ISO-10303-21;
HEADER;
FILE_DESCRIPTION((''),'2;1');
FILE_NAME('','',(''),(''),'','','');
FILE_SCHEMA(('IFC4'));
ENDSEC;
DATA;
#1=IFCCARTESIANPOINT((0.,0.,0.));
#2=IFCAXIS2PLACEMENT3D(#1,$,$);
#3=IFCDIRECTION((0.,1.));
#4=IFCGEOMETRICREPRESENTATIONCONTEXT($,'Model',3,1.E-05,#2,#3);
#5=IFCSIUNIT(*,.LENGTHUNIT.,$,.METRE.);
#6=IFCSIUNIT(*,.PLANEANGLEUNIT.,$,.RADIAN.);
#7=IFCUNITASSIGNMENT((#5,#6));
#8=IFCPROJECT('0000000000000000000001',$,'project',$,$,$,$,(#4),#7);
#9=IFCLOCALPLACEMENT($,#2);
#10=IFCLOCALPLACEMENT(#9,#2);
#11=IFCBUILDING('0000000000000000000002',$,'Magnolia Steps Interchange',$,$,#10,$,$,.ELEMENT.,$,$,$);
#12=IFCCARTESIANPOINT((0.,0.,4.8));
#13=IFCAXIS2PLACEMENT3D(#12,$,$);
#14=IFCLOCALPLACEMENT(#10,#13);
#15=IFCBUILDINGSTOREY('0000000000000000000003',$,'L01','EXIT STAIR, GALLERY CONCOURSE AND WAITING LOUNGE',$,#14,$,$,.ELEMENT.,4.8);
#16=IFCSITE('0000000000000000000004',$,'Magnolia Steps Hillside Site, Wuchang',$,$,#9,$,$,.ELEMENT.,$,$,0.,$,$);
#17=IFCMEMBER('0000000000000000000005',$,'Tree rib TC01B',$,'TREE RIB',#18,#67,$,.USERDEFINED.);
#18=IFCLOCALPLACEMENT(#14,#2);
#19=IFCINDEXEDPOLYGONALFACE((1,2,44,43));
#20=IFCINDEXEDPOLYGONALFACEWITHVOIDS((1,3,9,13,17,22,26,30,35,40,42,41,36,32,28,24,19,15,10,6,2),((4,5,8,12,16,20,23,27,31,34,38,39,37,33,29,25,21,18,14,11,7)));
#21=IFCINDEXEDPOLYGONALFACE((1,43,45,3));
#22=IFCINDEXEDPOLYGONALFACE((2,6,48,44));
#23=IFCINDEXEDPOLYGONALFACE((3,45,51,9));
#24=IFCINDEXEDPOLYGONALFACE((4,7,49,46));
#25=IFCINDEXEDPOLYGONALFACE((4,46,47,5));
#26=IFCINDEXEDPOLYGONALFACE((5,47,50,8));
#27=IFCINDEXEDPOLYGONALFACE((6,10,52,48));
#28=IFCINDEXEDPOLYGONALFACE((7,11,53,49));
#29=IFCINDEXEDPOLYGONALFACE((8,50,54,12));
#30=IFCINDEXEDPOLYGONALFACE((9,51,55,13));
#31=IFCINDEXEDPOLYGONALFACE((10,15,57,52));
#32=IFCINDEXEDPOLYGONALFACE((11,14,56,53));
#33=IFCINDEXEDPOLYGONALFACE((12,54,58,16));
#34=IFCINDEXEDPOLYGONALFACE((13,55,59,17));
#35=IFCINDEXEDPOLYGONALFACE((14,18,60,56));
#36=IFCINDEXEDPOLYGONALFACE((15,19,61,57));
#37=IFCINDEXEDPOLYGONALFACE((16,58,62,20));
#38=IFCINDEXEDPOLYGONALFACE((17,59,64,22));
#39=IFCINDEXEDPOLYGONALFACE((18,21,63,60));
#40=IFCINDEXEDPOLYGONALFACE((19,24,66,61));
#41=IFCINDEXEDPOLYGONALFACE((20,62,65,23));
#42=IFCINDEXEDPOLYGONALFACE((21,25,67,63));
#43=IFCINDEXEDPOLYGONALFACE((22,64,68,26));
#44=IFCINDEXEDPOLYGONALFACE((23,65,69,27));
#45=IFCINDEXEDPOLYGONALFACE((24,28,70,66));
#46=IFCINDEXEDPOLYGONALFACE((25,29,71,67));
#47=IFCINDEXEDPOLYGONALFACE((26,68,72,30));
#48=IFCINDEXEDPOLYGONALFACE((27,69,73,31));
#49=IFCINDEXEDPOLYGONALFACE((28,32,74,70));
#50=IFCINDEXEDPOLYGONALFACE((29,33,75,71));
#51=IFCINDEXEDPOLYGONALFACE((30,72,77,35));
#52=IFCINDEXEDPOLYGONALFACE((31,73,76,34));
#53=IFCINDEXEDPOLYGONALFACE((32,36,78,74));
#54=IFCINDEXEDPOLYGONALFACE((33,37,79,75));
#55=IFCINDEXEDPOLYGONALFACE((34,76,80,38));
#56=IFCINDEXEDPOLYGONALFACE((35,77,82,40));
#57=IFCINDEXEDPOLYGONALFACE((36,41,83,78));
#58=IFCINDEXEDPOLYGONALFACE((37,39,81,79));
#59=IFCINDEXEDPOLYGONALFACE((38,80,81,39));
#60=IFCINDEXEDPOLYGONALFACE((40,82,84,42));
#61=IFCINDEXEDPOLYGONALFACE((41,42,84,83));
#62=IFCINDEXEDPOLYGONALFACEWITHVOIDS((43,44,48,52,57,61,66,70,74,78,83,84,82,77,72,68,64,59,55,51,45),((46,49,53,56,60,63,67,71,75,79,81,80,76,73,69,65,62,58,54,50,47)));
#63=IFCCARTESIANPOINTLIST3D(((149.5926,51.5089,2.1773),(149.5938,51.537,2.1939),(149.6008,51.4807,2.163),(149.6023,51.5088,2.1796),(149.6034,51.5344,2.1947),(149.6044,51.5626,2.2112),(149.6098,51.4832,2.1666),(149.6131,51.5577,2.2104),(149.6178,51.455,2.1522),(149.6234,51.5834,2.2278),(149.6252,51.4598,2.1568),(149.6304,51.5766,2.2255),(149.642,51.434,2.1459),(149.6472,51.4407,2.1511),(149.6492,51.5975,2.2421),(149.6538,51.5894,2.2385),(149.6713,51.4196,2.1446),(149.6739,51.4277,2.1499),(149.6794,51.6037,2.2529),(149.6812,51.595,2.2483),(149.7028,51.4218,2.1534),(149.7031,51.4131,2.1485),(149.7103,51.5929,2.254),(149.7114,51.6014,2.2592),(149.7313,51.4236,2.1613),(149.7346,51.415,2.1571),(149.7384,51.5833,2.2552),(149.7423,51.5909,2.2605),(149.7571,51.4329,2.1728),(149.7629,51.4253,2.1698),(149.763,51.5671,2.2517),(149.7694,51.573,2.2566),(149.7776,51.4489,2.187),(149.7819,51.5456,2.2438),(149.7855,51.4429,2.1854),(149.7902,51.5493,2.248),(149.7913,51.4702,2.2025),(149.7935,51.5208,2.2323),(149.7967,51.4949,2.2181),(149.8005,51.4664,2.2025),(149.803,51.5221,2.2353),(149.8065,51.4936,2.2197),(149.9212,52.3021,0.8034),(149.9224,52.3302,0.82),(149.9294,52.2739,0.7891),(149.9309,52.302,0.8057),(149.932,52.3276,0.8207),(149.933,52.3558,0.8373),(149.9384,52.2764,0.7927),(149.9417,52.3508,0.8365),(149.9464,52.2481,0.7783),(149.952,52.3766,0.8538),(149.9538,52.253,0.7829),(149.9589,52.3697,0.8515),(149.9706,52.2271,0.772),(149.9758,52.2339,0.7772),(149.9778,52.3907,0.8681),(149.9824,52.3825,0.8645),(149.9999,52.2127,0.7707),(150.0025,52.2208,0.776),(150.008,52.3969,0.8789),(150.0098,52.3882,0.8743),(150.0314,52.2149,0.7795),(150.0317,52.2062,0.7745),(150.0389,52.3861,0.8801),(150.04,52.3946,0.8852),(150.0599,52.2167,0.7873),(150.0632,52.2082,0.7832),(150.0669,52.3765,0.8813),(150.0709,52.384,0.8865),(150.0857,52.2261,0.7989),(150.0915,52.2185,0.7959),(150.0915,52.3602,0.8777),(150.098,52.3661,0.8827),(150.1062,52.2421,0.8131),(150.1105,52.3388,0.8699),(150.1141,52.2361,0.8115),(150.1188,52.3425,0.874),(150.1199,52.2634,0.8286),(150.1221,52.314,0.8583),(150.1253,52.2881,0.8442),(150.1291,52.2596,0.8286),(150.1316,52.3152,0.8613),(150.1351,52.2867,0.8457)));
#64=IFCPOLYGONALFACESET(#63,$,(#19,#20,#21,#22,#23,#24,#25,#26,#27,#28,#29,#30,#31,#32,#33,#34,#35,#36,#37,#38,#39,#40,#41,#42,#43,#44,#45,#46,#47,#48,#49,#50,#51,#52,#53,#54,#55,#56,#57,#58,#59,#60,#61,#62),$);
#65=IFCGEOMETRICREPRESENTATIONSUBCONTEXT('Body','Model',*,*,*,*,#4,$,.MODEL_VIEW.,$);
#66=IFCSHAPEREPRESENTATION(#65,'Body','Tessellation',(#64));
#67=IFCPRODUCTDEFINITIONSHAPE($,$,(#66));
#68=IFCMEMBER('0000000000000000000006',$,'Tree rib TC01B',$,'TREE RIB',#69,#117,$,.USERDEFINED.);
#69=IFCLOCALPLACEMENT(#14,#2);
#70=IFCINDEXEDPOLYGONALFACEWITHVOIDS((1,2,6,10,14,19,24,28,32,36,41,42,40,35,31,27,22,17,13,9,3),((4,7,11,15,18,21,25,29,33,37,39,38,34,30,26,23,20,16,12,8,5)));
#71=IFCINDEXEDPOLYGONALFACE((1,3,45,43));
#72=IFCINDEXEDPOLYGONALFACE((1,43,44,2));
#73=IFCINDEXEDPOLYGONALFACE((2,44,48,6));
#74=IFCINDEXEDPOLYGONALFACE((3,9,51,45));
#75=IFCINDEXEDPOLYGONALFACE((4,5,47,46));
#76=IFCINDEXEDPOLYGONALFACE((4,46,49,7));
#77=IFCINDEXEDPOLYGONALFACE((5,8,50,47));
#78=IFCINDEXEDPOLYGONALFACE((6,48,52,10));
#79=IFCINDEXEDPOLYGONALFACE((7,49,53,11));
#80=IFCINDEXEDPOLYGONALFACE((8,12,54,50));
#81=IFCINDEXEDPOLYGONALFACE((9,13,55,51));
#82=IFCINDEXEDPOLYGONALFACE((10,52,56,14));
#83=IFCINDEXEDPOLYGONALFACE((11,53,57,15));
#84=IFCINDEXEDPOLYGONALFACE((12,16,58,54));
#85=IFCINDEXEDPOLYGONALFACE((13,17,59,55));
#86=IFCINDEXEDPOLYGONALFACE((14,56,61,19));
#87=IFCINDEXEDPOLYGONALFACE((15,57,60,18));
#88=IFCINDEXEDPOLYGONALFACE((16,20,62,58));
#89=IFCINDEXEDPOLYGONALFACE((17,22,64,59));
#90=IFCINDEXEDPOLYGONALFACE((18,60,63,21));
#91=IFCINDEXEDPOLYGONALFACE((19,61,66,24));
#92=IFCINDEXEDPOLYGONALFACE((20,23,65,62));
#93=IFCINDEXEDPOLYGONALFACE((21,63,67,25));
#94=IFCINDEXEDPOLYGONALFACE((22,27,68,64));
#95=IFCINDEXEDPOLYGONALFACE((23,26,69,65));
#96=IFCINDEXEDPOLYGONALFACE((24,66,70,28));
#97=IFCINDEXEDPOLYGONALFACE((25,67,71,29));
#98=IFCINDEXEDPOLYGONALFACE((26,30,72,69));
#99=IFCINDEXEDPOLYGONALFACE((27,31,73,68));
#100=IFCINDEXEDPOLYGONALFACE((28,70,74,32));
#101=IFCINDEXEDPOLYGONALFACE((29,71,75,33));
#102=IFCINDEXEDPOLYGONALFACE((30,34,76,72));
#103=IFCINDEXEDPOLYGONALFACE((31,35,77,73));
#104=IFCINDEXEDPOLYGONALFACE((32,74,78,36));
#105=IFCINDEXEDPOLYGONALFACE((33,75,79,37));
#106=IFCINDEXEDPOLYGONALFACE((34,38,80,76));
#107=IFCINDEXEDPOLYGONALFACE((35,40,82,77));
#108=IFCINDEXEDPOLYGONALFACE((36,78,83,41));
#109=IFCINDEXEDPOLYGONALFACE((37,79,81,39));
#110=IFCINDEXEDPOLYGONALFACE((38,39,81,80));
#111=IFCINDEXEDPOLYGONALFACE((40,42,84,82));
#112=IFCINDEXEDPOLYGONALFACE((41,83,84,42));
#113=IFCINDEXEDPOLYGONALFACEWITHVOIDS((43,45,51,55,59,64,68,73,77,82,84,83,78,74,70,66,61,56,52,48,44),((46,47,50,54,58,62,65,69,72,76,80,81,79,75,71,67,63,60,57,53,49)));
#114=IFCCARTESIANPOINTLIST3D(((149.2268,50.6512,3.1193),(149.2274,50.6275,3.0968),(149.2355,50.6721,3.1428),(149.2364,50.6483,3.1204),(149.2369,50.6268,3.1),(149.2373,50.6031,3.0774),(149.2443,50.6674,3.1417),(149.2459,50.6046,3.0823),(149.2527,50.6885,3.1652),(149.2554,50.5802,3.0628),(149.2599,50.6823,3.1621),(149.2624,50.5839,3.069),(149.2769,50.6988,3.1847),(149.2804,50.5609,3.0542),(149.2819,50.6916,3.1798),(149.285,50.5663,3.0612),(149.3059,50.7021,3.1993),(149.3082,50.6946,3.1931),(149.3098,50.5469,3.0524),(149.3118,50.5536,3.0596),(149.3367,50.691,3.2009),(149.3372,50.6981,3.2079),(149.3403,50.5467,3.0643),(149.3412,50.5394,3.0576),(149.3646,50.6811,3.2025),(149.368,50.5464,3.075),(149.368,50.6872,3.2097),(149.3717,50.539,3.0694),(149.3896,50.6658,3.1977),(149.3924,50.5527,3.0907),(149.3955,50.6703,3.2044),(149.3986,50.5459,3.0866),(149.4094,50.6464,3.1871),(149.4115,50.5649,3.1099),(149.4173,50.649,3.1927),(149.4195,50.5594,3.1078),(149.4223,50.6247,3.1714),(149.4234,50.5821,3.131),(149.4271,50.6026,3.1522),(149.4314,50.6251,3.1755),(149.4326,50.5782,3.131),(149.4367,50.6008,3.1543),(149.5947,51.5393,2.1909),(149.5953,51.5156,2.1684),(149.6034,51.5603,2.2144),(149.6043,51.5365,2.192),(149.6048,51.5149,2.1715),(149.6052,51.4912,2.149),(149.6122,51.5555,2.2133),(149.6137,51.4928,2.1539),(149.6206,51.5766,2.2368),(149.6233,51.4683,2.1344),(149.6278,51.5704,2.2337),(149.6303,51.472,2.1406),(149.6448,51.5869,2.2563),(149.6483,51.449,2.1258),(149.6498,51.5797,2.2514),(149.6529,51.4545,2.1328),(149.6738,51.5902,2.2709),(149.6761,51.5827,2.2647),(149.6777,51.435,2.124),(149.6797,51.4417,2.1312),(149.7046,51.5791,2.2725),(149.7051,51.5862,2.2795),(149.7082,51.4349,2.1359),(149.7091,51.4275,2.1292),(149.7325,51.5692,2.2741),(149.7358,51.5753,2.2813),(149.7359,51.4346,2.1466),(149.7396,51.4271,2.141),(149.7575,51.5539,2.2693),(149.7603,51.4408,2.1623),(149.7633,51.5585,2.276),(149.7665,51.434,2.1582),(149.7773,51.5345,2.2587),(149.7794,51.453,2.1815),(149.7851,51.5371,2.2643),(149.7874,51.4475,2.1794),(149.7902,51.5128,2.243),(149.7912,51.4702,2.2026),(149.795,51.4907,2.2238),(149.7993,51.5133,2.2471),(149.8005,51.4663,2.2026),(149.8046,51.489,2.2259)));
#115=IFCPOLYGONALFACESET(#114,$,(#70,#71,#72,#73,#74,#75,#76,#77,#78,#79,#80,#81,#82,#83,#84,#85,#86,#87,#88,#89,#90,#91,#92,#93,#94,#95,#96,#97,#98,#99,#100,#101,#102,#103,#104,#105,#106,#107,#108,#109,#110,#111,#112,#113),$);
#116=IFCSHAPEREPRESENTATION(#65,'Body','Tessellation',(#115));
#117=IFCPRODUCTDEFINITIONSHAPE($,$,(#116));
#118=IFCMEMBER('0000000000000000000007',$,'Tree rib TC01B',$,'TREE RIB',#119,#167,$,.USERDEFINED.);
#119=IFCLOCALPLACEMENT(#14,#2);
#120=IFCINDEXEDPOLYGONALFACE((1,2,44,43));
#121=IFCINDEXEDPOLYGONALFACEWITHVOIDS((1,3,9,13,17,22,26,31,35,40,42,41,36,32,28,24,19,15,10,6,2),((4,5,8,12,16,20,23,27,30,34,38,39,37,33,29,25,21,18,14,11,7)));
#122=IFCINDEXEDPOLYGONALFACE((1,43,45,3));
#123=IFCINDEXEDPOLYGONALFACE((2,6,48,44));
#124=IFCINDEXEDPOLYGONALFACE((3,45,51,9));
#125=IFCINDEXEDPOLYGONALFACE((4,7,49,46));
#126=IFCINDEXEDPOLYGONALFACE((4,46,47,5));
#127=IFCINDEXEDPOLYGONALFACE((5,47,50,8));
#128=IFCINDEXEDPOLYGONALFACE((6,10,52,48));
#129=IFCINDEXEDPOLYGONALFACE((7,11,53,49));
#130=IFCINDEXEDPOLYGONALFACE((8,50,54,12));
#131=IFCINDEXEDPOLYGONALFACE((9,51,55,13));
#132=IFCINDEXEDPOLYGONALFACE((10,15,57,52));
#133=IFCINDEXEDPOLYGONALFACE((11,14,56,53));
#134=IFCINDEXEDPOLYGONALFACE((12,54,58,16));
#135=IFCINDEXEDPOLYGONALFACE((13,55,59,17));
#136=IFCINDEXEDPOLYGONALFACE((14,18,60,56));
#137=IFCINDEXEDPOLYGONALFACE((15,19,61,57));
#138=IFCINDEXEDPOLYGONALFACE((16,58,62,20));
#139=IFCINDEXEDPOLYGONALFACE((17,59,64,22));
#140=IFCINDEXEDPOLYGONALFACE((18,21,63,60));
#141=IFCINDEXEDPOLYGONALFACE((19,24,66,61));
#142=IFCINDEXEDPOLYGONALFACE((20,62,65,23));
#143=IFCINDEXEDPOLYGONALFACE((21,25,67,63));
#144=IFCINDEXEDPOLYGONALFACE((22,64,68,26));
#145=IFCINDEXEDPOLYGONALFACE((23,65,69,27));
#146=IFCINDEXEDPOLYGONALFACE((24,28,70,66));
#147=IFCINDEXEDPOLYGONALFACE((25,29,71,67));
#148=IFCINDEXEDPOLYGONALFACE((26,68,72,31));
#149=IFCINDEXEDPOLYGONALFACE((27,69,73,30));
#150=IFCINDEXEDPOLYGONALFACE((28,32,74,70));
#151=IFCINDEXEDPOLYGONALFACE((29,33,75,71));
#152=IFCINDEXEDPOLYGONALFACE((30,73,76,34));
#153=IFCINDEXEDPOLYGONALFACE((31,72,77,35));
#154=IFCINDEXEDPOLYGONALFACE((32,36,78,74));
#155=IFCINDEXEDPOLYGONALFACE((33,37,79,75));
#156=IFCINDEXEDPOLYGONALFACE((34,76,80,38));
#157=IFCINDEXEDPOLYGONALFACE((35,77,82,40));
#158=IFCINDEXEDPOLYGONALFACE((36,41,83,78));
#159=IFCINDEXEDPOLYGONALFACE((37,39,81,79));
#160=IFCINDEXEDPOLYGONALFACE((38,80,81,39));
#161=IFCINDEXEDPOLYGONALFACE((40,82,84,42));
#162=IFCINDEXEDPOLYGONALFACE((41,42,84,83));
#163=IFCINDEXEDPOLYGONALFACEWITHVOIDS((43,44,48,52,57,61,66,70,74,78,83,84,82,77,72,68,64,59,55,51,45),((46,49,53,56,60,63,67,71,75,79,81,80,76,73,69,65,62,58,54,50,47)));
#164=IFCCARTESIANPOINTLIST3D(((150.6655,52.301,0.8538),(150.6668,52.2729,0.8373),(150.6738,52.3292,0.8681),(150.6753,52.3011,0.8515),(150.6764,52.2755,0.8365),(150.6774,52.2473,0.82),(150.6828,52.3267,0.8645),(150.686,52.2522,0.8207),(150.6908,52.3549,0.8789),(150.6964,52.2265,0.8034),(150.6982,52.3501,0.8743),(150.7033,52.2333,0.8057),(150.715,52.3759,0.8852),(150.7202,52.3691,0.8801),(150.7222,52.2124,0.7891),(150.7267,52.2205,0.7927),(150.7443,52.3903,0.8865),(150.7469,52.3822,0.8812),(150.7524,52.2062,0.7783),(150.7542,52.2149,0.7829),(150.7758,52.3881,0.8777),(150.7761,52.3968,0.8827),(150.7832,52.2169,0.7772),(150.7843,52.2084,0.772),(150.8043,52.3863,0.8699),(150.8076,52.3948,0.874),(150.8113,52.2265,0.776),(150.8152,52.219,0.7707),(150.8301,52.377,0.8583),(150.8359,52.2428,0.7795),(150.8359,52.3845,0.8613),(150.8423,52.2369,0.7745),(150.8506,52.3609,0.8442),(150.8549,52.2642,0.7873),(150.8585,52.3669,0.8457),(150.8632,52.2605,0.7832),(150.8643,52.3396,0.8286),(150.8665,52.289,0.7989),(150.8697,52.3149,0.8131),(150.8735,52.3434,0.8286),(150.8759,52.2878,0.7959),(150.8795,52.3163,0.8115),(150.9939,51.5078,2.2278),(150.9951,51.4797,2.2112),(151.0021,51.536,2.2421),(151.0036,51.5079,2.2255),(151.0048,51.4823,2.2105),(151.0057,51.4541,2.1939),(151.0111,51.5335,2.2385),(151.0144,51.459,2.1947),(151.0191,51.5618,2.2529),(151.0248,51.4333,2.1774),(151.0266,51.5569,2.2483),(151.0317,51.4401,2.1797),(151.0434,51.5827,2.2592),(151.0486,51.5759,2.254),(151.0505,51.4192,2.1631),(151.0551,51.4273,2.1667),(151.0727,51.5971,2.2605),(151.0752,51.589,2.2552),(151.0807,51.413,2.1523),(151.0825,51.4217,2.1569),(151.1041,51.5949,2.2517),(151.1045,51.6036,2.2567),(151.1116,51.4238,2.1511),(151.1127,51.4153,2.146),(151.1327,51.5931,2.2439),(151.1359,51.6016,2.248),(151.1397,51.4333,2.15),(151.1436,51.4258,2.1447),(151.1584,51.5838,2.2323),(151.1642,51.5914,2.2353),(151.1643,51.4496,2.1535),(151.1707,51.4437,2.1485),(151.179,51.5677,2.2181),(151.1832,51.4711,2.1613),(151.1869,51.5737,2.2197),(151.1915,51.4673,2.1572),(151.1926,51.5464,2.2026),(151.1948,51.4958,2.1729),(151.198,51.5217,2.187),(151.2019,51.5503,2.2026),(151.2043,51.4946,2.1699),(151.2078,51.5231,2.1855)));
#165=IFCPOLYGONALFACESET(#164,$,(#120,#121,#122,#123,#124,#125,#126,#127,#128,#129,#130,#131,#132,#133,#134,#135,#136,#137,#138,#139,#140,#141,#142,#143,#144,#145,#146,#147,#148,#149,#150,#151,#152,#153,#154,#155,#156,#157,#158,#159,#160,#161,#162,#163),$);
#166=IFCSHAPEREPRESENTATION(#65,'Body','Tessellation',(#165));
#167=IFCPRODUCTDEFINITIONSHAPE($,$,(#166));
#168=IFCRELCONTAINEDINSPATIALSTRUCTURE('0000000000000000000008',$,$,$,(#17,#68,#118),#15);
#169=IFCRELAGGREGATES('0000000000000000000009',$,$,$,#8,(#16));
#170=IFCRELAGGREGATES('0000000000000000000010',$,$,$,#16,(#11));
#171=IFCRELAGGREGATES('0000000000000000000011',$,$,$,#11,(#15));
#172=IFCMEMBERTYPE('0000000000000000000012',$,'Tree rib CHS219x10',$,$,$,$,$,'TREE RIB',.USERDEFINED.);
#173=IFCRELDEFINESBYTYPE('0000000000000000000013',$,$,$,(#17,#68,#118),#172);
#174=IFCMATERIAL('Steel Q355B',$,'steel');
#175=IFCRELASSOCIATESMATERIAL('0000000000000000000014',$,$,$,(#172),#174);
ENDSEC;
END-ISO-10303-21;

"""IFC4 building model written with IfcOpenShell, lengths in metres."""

from ifc_helpers import new_model, si_unit, direction, frame, origin, origin_2d, place, context, subcontext, project, spatial, hollow_circle, extrude, material, material_profile, profile_set, type_object, element, save


model = new_model("IFC4")

# Units and contexts
model_context = context("Model", 3, precision=1e-05, world=origin(), true_north=direction((0.0, 1.0)))
body_context = subcontext(model_context, "Body", "Model", "MODEL_VIEW")
ifc_project = project(units=[si_unit("LENGTHUNIT", "METRE"), si_unit("PLANEANGLEUNIT", "RADIAN")], contexts=[model_context])

# Site, building, storey
site_placement = place(None, origin())
site = spatial("IfcSite", under=ifc_project, at=site_placement, Name="Magnolia Steps Hillside Site, Wuchang", CompositionType="ELEMENT", RefElevation=0.0)
building_placement = place(site_placement, origin())
building = spatial("IfcBuilding", under=site, at=building_placement, Name="Magnolia Steps Interchange", CompositionType="ELEMENT")
storey_placement = place(building_placement, frame((0.0, 0.0, 4.8)))
storey = spatial("IfcBuildingStorey", under=building, at=storey_placement, Name="L01", Description="EXIT STAIR, GALLERY CONCOURSE AND WAITING LOUNGE", CompositionType="ELEMENT", Elevation=4.8)

# Members
ifc_material_1 = material(Name="Steel Q355B", Category="steel")
ifc_material_profile_1 = material_profile(ifc_material_1, hollow_circle(Radius=0.1096, WallThickness=0.01, at=origin_2d()), Name="CHS219x10")
ifc_profile_set_1 = profile_set([ifc_material_profile_1], Name="Steel Q355B")
member_type = type_object("IfcMemberType", Name="Tree rib CHS219x10", ElementType="TREE RIB", PredefinedType="USERDEFINED", material=ifc_profile_set_1)
for number, where, z_axis, x_axis, name in (
    (1, (150.0278, 52.3015, 0.8286), (-0.20282, -0.489571, 0.848047), (0.923857, -0.382737, 0.0), "Tree rib TC01B"),
):
    element("IfcMember", number, at=place(storey_placement, frame(where, z_axis=z_axis, x_axis=x_axis)), inside=storey, type_object=member_type, Name=name, ObjectType="TREE RIB", PredefinedType="USERDEFINED", context=body_context, shape_type="SweptSolid", body=[
        extrude(hollow_circle(Radius=0.1096, WallThickness=0.01, at=origin_2d()), origin(), (0.0, 0.0, 1.0), 1.6201),
    ])
member_1_placement = place(storey_placement, frame((149.6992, 51.5083, 2.2026), z_axis=(-0.275282, -0.664549, 0.69469), x_axis=(0.923871, -0.382703, 0.0)))
element("IfcMember", 2, at=member_1_placement, inside=storey, type_object=member_type, Name="Tree rib TC01B", ObjectType="TREE RIB", PredefinedType="USERDEFINED", context=body_context, shape_type="SweptSolid", body=[
    extrude(hollow_circle(Radius=0.1096, WallThickness=0.01, at=origin_2d()), origin(), (0.0, 0.0, 1.0), 1.3364),
])
member_2_placement = place(storey_placement, frame((150.7722, 52.3015, 0.8286), z_axis=(0.202676, -0.489586, 0.848073), x_axis=(0.923958, 0.382494, 0.0)))
element("IfcMember", 3, at=member_2_placement, inside=storey, type_object=member_type, Name="Tree rib TC01B", ObjectType="TREE RIB", PredefinedType="USERDEFINED", context=body_context, shape_type="SweptSolid", body=[
    extrude(hollow_circle(Radius=0.1096, WallThickness=0.01, at=origin_2d()), origin(), (0.0, 0.0, 1.0), 1.6201),
])

save(model, "model.ifc")
